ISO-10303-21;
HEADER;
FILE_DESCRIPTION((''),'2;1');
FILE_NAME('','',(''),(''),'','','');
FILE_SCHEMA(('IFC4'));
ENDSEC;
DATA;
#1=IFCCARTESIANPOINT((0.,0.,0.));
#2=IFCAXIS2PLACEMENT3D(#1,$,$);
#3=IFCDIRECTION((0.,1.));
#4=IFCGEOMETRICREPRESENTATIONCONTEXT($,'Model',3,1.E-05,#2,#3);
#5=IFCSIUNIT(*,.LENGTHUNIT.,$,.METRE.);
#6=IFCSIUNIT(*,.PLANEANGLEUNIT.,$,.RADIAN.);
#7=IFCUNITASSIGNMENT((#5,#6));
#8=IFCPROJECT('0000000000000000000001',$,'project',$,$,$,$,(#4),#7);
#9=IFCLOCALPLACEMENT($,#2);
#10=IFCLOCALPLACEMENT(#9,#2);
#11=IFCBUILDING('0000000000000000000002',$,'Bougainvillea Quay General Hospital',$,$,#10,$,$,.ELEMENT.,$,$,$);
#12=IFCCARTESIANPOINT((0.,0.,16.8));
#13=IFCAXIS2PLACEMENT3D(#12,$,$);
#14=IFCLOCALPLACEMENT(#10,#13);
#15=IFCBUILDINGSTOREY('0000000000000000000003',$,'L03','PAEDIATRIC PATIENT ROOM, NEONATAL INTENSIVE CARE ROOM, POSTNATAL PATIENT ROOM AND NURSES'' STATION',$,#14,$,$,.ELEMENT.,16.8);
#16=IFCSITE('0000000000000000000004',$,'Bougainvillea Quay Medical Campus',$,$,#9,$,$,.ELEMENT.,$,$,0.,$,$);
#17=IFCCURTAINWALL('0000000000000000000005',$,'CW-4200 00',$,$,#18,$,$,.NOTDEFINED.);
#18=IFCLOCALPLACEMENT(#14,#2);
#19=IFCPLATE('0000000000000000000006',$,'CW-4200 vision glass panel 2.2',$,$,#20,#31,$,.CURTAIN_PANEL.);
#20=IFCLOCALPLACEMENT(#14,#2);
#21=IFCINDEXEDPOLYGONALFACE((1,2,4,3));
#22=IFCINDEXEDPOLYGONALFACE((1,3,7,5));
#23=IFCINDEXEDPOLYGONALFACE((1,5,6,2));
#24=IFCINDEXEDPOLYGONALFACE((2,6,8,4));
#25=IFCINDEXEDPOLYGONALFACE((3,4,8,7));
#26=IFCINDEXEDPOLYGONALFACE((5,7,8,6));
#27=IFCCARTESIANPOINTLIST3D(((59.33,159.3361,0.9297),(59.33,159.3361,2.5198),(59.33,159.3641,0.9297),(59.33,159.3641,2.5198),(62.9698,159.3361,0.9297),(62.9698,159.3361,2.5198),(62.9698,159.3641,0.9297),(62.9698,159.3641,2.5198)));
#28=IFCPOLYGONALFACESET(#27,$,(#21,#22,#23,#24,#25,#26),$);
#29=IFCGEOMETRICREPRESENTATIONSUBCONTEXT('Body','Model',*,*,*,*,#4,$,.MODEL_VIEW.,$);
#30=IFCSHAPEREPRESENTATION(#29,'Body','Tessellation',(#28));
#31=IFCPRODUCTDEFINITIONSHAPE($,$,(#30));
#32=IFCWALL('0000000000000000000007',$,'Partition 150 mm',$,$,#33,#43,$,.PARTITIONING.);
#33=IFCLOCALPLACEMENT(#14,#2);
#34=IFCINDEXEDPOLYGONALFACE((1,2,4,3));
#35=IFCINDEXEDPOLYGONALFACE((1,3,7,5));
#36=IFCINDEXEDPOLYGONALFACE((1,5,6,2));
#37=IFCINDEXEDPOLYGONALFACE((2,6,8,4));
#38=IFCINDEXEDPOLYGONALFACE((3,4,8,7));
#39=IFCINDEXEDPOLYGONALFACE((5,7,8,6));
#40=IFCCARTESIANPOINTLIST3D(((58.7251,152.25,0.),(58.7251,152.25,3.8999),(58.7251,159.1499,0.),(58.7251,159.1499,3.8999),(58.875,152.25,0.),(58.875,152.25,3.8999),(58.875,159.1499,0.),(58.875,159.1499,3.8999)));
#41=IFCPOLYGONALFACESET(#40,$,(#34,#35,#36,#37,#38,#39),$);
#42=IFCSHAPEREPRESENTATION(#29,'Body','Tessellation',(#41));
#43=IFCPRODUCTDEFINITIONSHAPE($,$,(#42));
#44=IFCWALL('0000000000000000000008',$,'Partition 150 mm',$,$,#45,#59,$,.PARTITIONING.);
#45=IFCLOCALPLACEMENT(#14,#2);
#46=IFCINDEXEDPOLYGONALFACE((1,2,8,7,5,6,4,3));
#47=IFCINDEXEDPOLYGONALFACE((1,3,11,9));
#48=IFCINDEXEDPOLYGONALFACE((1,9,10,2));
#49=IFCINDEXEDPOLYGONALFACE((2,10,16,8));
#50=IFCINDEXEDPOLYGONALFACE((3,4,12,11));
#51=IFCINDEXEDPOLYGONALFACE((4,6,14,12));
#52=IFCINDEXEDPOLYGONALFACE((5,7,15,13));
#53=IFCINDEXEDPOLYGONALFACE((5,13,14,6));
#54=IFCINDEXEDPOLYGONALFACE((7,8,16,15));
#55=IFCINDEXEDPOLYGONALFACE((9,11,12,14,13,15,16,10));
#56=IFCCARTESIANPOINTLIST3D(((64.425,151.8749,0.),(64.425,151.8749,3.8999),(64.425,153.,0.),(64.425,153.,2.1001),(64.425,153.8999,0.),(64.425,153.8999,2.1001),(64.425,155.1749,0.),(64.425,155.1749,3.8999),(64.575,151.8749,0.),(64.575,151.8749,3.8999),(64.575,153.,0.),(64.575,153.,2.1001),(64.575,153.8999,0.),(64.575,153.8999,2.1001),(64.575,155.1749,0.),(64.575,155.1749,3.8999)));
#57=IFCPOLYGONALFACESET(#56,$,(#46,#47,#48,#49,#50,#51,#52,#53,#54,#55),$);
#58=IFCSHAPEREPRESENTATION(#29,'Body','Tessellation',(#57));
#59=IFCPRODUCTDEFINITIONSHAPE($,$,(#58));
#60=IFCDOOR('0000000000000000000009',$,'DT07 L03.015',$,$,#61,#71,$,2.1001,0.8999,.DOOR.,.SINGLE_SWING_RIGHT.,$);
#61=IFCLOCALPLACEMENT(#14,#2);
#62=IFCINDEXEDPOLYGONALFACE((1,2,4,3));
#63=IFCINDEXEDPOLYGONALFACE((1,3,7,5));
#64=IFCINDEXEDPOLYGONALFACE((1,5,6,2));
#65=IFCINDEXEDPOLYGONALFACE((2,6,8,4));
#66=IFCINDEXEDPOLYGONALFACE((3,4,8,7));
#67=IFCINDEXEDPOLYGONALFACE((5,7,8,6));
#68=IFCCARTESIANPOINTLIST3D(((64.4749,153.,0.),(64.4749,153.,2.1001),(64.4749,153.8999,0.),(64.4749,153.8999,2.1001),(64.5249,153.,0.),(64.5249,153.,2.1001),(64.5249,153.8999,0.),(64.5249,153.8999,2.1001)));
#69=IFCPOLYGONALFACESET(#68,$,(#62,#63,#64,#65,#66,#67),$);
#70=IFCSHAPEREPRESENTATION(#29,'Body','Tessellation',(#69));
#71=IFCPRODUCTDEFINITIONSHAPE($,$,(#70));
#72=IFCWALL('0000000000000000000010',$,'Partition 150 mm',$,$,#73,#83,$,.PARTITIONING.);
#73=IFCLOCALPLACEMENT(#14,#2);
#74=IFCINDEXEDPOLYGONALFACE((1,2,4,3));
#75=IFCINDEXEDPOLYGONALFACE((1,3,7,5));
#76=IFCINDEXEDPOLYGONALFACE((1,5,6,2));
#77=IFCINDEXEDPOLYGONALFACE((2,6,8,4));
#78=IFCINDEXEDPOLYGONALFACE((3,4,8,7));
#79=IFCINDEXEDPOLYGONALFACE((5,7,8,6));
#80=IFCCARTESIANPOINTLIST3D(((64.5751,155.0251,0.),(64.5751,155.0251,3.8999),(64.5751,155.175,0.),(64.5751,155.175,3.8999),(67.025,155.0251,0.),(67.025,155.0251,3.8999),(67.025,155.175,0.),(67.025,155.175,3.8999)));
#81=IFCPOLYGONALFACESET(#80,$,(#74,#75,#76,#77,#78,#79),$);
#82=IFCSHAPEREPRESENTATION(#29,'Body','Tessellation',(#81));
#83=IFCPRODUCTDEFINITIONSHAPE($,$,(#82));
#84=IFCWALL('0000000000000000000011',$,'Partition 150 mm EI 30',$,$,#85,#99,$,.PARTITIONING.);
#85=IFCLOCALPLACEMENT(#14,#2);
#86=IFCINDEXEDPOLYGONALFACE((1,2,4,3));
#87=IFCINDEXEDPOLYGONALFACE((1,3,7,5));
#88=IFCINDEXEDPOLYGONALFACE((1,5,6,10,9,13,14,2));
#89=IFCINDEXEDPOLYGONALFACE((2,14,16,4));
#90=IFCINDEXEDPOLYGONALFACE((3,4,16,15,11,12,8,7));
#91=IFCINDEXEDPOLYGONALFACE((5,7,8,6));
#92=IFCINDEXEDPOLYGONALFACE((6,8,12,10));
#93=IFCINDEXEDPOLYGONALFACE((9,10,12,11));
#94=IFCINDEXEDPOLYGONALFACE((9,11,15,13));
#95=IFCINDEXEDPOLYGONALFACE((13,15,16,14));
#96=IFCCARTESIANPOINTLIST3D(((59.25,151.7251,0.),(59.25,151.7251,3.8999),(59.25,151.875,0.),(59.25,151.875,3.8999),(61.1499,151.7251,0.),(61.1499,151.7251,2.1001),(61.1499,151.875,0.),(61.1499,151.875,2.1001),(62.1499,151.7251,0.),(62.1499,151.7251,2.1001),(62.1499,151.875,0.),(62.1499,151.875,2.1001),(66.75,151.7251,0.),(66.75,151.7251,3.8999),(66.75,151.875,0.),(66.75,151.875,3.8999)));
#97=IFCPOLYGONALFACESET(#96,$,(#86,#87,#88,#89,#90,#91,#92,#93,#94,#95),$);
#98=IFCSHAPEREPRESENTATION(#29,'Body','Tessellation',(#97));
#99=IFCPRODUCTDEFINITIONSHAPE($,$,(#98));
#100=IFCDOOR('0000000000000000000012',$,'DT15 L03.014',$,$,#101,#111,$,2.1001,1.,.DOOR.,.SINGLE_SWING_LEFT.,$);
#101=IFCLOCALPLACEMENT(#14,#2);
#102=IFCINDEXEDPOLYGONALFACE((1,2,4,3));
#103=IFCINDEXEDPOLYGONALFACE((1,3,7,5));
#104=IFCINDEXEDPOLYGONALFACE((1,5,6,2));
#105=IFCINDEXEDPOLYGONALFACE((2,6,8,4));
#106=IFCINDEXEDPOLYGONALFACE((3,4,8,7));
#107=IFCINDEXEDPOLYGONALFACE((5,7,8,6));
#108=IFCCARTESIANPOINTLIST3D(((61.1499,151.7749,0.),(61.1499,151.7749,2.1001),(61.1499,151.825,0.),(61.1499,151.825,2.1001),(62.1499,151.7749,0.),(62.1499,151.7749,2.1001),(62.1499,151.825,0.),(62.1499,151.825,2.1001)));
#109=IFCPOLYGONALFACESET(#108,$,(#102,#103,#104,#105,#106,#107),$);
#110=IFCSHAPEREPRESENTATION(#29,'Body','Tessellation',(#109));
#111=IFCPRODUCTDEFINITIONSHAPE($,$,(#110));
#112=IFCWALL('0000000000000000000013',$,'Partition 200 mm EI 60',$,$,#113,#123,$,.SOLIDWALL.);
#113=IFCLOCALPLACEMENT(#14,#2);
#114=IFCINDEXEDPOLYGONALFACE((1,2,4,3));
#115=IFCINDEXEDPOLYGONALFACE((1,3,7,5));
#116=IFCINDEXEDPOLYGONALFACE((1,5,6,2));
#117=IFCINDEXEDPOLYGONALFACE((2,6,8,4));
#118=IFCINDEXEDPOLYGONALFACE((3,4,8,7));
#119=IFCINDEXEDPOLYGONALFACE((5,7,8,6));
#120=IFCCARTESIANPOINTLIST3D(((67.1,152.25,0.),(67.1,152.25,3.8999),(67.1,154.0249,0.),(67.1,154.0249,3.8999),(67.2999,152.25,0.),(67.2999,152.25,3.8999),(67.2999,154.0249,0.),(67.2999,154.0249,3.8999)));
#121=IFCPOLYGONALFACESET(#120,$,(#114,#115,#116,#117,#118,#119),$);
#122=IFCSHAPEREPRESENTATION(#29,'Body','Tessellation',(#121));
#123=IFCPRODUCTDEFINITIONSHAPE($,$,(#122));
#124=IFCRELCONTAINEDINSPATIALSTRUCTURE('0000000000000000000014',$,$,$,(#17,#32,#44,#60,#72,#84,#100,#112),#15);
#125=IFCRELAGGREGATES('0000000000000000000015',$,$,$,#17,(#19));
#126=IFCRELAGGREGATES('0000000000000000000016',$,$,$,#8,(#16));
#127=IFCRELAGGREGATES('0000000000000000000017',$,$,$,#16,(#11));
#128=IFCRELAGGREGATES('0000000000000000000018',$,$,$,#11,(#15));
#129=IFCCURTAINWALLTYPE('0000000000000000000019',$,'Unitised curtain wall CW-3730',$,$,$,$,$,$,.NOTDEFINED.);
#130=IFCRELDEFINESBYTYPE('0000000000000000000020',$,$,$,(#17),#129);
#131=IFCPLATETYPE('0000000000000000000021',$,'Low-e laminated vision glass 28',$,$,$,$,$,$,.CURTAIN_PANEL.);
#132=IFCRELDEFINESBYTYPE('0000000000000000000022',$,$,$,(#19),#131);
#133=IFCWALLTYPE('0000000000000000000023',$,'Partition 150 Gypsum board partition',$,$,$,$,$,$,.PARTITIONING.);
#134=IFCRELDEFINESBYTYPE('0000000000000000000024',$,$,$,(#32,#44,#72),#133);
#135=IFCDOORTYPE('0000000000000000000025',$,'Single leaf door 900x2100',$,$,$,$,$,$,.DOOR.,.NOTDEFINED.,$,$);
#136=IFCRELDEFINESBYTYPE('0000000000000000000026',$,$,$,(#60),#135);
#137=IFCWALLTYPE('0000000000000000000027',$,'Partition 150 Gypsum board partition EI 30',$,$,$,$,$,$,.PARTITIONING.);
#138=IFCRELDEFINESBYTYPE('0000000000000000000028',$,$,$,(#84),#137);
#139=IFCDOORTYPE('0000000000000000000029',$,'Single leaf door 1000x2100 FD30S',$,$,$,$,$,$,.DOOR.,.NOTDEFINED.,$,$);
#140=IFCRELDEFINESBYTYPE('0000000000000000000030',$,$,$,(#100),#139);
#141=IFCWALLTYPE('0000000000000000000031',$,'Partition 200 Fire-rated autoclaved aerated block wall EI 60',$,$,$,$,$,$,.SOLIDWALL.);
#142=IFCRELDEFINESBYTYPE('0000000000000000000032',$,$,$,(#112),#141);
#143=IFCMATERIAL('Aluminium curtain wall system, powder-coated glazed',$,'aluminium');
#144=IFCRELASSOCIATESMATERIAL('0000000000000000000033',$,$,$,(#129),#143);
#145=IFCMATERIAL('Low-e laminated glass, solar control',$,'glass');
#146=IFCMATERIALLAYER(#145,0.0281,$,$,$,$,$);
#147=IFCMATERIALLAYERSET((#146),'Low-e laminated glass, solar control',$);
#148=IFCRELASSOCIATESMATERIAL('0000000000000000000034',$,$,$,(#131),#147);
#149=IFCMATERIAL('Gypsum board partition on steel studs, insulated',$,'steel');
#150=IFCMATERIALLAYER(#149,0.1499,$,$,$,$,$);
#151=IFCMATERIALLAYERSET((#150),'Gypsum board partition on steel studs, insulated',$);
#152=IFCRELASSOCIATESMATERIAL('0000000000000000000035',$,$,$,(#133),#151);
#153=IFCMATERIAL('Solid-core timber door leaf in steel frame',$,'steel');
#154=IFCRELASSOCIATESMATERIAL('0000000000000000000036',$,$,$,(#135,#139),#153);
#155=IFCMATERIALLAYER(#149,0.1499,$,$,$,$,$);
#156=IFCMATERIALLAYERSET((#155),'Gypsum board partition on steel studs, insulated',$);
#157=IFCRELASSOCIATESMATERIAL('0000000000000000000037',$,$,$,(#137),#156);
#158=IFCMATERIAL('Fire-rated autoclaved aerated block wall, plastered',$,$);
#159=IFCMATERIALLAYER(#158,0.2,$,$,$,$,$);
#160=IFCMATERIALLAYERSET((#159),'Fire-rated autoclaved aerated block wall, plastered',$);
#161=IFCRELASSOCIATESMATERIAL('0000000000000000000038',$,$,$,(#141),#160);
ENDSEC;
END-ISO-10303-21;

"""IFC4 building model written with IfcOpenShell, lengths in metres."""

from ifc_helpers import new_model, si_unit, direction, frame, frame_2d, origin, origin_2d, place, context, subcontext, project, spatial, rectangle, extrude, material, layer, layer_set, type_object, element, fill, aggregate, save


model = new_model("IFC4")

# Units and contexts
model_context = context("Model", 3, precision=1e-05, world=origin(), true_north=direction((0.0, 1.0)))
body_context = subcontext(model_context, "Body", "Model", "MODEL_VIEW")
ifc_project = project(units=[si_unit("LENGTHUNIT", "METRE"), si_unit("PLANEANGLEUNIT", "RADIAN")], contexts=[model_context])

# Site, building, storey
site_placement = place(None, origin())
site = spatial("IfcSite", under=ifc_project, at=site_placement, Name="Bougainvillea Quay Medical Campus", CompositionType="ELEMENT", RefElevation=0.0)
building_placement = place(site_placement, origin())
building = spatial("IfcBuilding", under=site, at=building_placement, Name="Bougainvillea Quay General Hospital", CompositionType="ELEMENT")
storey_placement = place(building_placement, frame((0.0, 0.0, 16.8)))
storey = spatial("IfcBuildingStorey", under=building, at=storey_placement, Name="L03", Description="PAEDIATRIC PATIENT ROOM, NEONATAL INTENSIVE CARE ROOM, POSTNATAL PATIENT ROOM AND NURSES' STATION", CompositionType="ELEMENT", Elevation=16.8)

# Curtain wall
ifc_material_1 = material(Name="Aluminium curtain wall system, powder-coated glazed", Category="aluminium")
curtain_wall_type = type_object("IfcCurtainWallType", Name="Unitised curtain wall CW-3730", PredefinedType="NOTDEFINED", material=ifc_material_1)
curtain_wall_1_placement = place(storey_placement, origin())
curtain_wall_1 = element("IfcCurtainWall", 1, at=curtain_wall_1_placement, inside=storey, type_object=curtain_wall_type, Name="CW-4200 00", PredefinedType="NOTDEFINED")

# Plate
ifc_material_2 = material(Name="Low-e laminated glass, solar control", Category="glass")
ifc_layer_1 = layer(ifc_material_2, 0.0281)
ifc_layer_set_1 = layer_set([ifc_layer_1], Name="Low-e laminated glass, solar control")
plate_type_1 = type_object("IfcPlateType", Name="Low-e laminated vision glass 28", PredefinedType="CURTAIN_PANEL", material=ifc_layer_set_1)
plate_1_placement = place(storey_placement, frame((61.1499, 159.3501, 0.9297), z_axis=(0.0, 0.0, 1.0), x_axis=(-1.0, 0.0, 0.0)))
plate_1 = element("IfcPlate", 2, at=plate_1_placement, type_object=plate_type_1, Name="CW-4200 vision glass panel 2.2", PredefinedType="CURTAIN_PANEL", context=body_context, shape_type="SweptSolid", body=[
    extrude(rectangle(XDim=3.6399, YDim=0.0281, at=origin_2d()), origin(), (0.0, 0.0, 1.0), 1.5901),
])
aggregate(curtain_wall_1, [plate_1])

# Wall
ifc_material_3 = material(Name="Gypsum board partition on steel studs, insulated", Category="steel")
ifc_layer_2 = layer(ifc_material_3, 0.1499)
ifc_layer_set_2 = layer_set([ifc_layer_2], Name="Gypsum board partition on steel studs, insulated")
wall_type_1 = type_object("IfcWallType", Name="Partition 150 Gypsum board partition", PredefinedType="PARTITIONING", material=ifc_layer_set_2)
wall_1_placement = place(storey_placement, frame((58.8, 152.25, 0.0), z_axis=(0.0, 0.0, 1.0), x_axis=(0.0, 1.0, 0.0)))
element("IfcWall", 3, at=wall_1_placement, inside=storey, type_object=wall_type_1, Name="Partition 150 mm", PredefinedType="PARTITIONING", context=body_context, shape_type="SweptSolid", body=[
    extrude(rectangle(XDim=6.8999, YDim=0.1499, at=frame_2d((3.45, 0.0))), origin(), (0.0, 0.0, 1.0), 3.8999),
])

# Wall, opening, door
wall_2_placement = place(storey_placement, frame((64.5, 151.875, 0.0), z_axis=(0.0, 0.0, 1.0), x_axis=(0.0, 1.0, 0.0)))
wall_2 = element("IfcWall", 4, at=wall_2_placement, inside=storey, type_object=wall_type_1, Name="Partition 150 mm", PredefinedType="PARTITIONING", context=body_context, shape_type="SweptSolid", body=[
    extrude(rectangle(XDim=3.3, YDim=0.1499, at=frame_2d((1.6499, 0.0))), origin(), (0.0, 0.0, 1.0), 3.8999),
])
opening_1_placement = place(wall_2_placement, frame((1.125, 0.0, 0.0)))
opening_1 = element("IfcOpeningElement", 5, at=opening_1_placement, cuts=wall_2, PredefinedType="OPENING", context=body_context, shape_type="SweptSolid", body=[
    extrude(rectangle(XDim=0.8999, YDim=2.1001, at=frame_2d((0.45, 1.05))), frame((0.0, 0.085, 0.0), z_axis=(0.0, -1.0, 0.0), x_axis=(1.0, 0.0, 0.0)), (0.0, 0.0, 1.0), 0.1699),
])
ifc_material_4 = material(Name="Solid-core timber door leaf in steel frame", Category="steel")
door_type_1 = type_object("IfcDoorType", Name="Single leaf door 900x2100", OperationType="NOTDEFINED", PredefinedType="DOOR", material=ifc_material_4)
door_1_placement = place(opening_1_placement, frame((0.8999, 0.0, 0.0), z_axis=(0.0, 0.0, 1.0), x_axis=(-1.0, 0.0, 0.0)))
door_1 = element("IfcDoor", 6, at=door_1_placement, inside=storey, type_object=door_type_1, Name="DT07 L03.015", OperationType="SINGLE_SWING_RIGHT", OverallHeight=2.1001, OverallWidth=0.8999, PredefinedType="DOOR", context=body_context, shape_type="SweptSolid", body=[
    extrude(rectangle(XDim=0.8999, YDim=2.1001, at=frame_2d((0.45, 1.05))), frame((0.0, 0.0249, 0.0), z_axis=(0.0, -1.0, 0.0), x_axis=(1.0, 0.0, 0.0)), (0.0, 0.0, 1.0), 0.05),
])
fill(opening_1, door_1)

# Wall
wall_3_placement = place(storey_placement, frame((64.575, 155.1001, 0.0), z_axis=(0.0, 0.0, 1.0), x_axis=(1.0, 0.0, 0.0)))
element("IfcWall", 7, at=wall_3_placement, inside=storey, type_object=wall_type_1, Name="Partition 150 mm", PredefinedType="PARTITIONING", context=body_context, shape_type="SweptSolid", body=[
    extrude(rectangle(XDim=2.45, YDim=0.1499, at=frame_2d((1.2251, 0.0))), origin(), (0.0, 0.0, 1.0), 3.8999),
])

# Wall, opening, door
ifc_layer_3 = layer(ifc_material_3, 0.1499)
ifc_layer_set_3 = layer_set([ifc_layer_3], Name="Gypsum board partition on steel studs, insulated")
wall_type_2 = type_object("IfcWallType", Name="Partition 150 Gypsum board partition EI 30", PredefinedType="PARTITIONING", material=ifc_layer_set_3)
wall_4_placement = place(storey_placement, frame((59.25, 151.8, 0.0), z_axis=(0.0, 0.0, 1.0), x_axis=(1.0, 0.0, 0.0)))
wall_4 = element("IfcWall", 8, at=wall_4_placement, inside=storey, type_object=wall_type_2, Name="Partition 150 mm EI 30", PredefinedType="PARTITIONING", context=body_context, shape_type="SweptSolid", body=[
    extrude(rectangle(XDim=7.5, YDim=0.1499, at=frame_2d((3.75, 0.0))), origin(), (0.0, 0.0, 1.0), 3.8999),
])
opening_2_placement = place(wall_4_placement, frame((1.8999, 0.0, 0.0)))
opening_2 = element("IfcOpeningElement", 9, at=opening_2_placement, cuts=wall_4, PredefinedType="OPENING", context=body_context, shape_type="SweptSolid", body=[
    extrude(rectangle(XDim=1.0, YDim=2.1001, at=frame_2d((0.5, 1.05))), frame((0.0, 0.085, 0.0), z_axis=(0.0, -1.0, 0.0), x_axis=(1.0, 0.0, 0.0)), (0.0, 0.0, 1.0), 0.1699),
])
door_type_2 = type_object("IfcDoorType", Name="Single leaf door 1000x2100 FD30S", OperationType="NOTDEFINED", PredefinedType="DOOR", material=ifc_material_4)
door_2_placement = place(opening_2_placement, origin())
door_2 = element("IfcDoor", 10, at=door_2_placement, inside=storey, type_object=door_type_2, Name="DT15 L03.014", OperationType="SINGLE_SWING_LEFT", OverallHeight=2.1001, OverallWidth=1.0, PredefinedType="DOOR", context=body_context, shape_type="SweptSolid", body=[
    extrude(rectangle(XDim=1.0, YDim=2.1001, at=frame_2d((0.5, 1.05))), frame((0.0, 0.0249, 0.0), z_axis=(0.0, -1.0, 0.0), x_axis=(1.0, 0.0, 0.0)), (0.0, 0.0, 1.0), 0.05),
])
fill(opening_2, door_2)

# Wall
ifc_material_5 = material(Name="Fire-rated autoclaved aerated block wall, plastered")
ifc_layer_4 = layer(ifc_material_5, 0.2)
ifc_layer_set_4 = layer_set([ifc_layer_4], Name="Fire-rated autoclaved aerated block wall, plastered")
wall_type_3 = type_object("IfcWallType", Name="Partition 200 Fire-rated autoclaved aerated block wall EI 60", PredefinedType="SOLIDWALL", material=ifc_layer_set_4)
wall_5_placement = place(storey_placement, frame((67.2, 152.25, 0.0), z_axis=(0.0, 0.0, 1.0), x_axis=(0.0, 1.0, 0.0)))
element("IfcWall", 11, at=wall_5_placement, inside=storey, type_object=wall_type_3, Name="Partition 200 mm EI 60", PredefinedType="SOLIDWALL", context=body_context, shape_type="SweptSolid", body=[
    extrude(rectangle(XDim=1.7749, YDim=0.2, at=frame_2d((0.8875, 0.0))), origin(), (0.0, 0.0, 1.0), 3.8999),
])

save(model, "model.ifc")
